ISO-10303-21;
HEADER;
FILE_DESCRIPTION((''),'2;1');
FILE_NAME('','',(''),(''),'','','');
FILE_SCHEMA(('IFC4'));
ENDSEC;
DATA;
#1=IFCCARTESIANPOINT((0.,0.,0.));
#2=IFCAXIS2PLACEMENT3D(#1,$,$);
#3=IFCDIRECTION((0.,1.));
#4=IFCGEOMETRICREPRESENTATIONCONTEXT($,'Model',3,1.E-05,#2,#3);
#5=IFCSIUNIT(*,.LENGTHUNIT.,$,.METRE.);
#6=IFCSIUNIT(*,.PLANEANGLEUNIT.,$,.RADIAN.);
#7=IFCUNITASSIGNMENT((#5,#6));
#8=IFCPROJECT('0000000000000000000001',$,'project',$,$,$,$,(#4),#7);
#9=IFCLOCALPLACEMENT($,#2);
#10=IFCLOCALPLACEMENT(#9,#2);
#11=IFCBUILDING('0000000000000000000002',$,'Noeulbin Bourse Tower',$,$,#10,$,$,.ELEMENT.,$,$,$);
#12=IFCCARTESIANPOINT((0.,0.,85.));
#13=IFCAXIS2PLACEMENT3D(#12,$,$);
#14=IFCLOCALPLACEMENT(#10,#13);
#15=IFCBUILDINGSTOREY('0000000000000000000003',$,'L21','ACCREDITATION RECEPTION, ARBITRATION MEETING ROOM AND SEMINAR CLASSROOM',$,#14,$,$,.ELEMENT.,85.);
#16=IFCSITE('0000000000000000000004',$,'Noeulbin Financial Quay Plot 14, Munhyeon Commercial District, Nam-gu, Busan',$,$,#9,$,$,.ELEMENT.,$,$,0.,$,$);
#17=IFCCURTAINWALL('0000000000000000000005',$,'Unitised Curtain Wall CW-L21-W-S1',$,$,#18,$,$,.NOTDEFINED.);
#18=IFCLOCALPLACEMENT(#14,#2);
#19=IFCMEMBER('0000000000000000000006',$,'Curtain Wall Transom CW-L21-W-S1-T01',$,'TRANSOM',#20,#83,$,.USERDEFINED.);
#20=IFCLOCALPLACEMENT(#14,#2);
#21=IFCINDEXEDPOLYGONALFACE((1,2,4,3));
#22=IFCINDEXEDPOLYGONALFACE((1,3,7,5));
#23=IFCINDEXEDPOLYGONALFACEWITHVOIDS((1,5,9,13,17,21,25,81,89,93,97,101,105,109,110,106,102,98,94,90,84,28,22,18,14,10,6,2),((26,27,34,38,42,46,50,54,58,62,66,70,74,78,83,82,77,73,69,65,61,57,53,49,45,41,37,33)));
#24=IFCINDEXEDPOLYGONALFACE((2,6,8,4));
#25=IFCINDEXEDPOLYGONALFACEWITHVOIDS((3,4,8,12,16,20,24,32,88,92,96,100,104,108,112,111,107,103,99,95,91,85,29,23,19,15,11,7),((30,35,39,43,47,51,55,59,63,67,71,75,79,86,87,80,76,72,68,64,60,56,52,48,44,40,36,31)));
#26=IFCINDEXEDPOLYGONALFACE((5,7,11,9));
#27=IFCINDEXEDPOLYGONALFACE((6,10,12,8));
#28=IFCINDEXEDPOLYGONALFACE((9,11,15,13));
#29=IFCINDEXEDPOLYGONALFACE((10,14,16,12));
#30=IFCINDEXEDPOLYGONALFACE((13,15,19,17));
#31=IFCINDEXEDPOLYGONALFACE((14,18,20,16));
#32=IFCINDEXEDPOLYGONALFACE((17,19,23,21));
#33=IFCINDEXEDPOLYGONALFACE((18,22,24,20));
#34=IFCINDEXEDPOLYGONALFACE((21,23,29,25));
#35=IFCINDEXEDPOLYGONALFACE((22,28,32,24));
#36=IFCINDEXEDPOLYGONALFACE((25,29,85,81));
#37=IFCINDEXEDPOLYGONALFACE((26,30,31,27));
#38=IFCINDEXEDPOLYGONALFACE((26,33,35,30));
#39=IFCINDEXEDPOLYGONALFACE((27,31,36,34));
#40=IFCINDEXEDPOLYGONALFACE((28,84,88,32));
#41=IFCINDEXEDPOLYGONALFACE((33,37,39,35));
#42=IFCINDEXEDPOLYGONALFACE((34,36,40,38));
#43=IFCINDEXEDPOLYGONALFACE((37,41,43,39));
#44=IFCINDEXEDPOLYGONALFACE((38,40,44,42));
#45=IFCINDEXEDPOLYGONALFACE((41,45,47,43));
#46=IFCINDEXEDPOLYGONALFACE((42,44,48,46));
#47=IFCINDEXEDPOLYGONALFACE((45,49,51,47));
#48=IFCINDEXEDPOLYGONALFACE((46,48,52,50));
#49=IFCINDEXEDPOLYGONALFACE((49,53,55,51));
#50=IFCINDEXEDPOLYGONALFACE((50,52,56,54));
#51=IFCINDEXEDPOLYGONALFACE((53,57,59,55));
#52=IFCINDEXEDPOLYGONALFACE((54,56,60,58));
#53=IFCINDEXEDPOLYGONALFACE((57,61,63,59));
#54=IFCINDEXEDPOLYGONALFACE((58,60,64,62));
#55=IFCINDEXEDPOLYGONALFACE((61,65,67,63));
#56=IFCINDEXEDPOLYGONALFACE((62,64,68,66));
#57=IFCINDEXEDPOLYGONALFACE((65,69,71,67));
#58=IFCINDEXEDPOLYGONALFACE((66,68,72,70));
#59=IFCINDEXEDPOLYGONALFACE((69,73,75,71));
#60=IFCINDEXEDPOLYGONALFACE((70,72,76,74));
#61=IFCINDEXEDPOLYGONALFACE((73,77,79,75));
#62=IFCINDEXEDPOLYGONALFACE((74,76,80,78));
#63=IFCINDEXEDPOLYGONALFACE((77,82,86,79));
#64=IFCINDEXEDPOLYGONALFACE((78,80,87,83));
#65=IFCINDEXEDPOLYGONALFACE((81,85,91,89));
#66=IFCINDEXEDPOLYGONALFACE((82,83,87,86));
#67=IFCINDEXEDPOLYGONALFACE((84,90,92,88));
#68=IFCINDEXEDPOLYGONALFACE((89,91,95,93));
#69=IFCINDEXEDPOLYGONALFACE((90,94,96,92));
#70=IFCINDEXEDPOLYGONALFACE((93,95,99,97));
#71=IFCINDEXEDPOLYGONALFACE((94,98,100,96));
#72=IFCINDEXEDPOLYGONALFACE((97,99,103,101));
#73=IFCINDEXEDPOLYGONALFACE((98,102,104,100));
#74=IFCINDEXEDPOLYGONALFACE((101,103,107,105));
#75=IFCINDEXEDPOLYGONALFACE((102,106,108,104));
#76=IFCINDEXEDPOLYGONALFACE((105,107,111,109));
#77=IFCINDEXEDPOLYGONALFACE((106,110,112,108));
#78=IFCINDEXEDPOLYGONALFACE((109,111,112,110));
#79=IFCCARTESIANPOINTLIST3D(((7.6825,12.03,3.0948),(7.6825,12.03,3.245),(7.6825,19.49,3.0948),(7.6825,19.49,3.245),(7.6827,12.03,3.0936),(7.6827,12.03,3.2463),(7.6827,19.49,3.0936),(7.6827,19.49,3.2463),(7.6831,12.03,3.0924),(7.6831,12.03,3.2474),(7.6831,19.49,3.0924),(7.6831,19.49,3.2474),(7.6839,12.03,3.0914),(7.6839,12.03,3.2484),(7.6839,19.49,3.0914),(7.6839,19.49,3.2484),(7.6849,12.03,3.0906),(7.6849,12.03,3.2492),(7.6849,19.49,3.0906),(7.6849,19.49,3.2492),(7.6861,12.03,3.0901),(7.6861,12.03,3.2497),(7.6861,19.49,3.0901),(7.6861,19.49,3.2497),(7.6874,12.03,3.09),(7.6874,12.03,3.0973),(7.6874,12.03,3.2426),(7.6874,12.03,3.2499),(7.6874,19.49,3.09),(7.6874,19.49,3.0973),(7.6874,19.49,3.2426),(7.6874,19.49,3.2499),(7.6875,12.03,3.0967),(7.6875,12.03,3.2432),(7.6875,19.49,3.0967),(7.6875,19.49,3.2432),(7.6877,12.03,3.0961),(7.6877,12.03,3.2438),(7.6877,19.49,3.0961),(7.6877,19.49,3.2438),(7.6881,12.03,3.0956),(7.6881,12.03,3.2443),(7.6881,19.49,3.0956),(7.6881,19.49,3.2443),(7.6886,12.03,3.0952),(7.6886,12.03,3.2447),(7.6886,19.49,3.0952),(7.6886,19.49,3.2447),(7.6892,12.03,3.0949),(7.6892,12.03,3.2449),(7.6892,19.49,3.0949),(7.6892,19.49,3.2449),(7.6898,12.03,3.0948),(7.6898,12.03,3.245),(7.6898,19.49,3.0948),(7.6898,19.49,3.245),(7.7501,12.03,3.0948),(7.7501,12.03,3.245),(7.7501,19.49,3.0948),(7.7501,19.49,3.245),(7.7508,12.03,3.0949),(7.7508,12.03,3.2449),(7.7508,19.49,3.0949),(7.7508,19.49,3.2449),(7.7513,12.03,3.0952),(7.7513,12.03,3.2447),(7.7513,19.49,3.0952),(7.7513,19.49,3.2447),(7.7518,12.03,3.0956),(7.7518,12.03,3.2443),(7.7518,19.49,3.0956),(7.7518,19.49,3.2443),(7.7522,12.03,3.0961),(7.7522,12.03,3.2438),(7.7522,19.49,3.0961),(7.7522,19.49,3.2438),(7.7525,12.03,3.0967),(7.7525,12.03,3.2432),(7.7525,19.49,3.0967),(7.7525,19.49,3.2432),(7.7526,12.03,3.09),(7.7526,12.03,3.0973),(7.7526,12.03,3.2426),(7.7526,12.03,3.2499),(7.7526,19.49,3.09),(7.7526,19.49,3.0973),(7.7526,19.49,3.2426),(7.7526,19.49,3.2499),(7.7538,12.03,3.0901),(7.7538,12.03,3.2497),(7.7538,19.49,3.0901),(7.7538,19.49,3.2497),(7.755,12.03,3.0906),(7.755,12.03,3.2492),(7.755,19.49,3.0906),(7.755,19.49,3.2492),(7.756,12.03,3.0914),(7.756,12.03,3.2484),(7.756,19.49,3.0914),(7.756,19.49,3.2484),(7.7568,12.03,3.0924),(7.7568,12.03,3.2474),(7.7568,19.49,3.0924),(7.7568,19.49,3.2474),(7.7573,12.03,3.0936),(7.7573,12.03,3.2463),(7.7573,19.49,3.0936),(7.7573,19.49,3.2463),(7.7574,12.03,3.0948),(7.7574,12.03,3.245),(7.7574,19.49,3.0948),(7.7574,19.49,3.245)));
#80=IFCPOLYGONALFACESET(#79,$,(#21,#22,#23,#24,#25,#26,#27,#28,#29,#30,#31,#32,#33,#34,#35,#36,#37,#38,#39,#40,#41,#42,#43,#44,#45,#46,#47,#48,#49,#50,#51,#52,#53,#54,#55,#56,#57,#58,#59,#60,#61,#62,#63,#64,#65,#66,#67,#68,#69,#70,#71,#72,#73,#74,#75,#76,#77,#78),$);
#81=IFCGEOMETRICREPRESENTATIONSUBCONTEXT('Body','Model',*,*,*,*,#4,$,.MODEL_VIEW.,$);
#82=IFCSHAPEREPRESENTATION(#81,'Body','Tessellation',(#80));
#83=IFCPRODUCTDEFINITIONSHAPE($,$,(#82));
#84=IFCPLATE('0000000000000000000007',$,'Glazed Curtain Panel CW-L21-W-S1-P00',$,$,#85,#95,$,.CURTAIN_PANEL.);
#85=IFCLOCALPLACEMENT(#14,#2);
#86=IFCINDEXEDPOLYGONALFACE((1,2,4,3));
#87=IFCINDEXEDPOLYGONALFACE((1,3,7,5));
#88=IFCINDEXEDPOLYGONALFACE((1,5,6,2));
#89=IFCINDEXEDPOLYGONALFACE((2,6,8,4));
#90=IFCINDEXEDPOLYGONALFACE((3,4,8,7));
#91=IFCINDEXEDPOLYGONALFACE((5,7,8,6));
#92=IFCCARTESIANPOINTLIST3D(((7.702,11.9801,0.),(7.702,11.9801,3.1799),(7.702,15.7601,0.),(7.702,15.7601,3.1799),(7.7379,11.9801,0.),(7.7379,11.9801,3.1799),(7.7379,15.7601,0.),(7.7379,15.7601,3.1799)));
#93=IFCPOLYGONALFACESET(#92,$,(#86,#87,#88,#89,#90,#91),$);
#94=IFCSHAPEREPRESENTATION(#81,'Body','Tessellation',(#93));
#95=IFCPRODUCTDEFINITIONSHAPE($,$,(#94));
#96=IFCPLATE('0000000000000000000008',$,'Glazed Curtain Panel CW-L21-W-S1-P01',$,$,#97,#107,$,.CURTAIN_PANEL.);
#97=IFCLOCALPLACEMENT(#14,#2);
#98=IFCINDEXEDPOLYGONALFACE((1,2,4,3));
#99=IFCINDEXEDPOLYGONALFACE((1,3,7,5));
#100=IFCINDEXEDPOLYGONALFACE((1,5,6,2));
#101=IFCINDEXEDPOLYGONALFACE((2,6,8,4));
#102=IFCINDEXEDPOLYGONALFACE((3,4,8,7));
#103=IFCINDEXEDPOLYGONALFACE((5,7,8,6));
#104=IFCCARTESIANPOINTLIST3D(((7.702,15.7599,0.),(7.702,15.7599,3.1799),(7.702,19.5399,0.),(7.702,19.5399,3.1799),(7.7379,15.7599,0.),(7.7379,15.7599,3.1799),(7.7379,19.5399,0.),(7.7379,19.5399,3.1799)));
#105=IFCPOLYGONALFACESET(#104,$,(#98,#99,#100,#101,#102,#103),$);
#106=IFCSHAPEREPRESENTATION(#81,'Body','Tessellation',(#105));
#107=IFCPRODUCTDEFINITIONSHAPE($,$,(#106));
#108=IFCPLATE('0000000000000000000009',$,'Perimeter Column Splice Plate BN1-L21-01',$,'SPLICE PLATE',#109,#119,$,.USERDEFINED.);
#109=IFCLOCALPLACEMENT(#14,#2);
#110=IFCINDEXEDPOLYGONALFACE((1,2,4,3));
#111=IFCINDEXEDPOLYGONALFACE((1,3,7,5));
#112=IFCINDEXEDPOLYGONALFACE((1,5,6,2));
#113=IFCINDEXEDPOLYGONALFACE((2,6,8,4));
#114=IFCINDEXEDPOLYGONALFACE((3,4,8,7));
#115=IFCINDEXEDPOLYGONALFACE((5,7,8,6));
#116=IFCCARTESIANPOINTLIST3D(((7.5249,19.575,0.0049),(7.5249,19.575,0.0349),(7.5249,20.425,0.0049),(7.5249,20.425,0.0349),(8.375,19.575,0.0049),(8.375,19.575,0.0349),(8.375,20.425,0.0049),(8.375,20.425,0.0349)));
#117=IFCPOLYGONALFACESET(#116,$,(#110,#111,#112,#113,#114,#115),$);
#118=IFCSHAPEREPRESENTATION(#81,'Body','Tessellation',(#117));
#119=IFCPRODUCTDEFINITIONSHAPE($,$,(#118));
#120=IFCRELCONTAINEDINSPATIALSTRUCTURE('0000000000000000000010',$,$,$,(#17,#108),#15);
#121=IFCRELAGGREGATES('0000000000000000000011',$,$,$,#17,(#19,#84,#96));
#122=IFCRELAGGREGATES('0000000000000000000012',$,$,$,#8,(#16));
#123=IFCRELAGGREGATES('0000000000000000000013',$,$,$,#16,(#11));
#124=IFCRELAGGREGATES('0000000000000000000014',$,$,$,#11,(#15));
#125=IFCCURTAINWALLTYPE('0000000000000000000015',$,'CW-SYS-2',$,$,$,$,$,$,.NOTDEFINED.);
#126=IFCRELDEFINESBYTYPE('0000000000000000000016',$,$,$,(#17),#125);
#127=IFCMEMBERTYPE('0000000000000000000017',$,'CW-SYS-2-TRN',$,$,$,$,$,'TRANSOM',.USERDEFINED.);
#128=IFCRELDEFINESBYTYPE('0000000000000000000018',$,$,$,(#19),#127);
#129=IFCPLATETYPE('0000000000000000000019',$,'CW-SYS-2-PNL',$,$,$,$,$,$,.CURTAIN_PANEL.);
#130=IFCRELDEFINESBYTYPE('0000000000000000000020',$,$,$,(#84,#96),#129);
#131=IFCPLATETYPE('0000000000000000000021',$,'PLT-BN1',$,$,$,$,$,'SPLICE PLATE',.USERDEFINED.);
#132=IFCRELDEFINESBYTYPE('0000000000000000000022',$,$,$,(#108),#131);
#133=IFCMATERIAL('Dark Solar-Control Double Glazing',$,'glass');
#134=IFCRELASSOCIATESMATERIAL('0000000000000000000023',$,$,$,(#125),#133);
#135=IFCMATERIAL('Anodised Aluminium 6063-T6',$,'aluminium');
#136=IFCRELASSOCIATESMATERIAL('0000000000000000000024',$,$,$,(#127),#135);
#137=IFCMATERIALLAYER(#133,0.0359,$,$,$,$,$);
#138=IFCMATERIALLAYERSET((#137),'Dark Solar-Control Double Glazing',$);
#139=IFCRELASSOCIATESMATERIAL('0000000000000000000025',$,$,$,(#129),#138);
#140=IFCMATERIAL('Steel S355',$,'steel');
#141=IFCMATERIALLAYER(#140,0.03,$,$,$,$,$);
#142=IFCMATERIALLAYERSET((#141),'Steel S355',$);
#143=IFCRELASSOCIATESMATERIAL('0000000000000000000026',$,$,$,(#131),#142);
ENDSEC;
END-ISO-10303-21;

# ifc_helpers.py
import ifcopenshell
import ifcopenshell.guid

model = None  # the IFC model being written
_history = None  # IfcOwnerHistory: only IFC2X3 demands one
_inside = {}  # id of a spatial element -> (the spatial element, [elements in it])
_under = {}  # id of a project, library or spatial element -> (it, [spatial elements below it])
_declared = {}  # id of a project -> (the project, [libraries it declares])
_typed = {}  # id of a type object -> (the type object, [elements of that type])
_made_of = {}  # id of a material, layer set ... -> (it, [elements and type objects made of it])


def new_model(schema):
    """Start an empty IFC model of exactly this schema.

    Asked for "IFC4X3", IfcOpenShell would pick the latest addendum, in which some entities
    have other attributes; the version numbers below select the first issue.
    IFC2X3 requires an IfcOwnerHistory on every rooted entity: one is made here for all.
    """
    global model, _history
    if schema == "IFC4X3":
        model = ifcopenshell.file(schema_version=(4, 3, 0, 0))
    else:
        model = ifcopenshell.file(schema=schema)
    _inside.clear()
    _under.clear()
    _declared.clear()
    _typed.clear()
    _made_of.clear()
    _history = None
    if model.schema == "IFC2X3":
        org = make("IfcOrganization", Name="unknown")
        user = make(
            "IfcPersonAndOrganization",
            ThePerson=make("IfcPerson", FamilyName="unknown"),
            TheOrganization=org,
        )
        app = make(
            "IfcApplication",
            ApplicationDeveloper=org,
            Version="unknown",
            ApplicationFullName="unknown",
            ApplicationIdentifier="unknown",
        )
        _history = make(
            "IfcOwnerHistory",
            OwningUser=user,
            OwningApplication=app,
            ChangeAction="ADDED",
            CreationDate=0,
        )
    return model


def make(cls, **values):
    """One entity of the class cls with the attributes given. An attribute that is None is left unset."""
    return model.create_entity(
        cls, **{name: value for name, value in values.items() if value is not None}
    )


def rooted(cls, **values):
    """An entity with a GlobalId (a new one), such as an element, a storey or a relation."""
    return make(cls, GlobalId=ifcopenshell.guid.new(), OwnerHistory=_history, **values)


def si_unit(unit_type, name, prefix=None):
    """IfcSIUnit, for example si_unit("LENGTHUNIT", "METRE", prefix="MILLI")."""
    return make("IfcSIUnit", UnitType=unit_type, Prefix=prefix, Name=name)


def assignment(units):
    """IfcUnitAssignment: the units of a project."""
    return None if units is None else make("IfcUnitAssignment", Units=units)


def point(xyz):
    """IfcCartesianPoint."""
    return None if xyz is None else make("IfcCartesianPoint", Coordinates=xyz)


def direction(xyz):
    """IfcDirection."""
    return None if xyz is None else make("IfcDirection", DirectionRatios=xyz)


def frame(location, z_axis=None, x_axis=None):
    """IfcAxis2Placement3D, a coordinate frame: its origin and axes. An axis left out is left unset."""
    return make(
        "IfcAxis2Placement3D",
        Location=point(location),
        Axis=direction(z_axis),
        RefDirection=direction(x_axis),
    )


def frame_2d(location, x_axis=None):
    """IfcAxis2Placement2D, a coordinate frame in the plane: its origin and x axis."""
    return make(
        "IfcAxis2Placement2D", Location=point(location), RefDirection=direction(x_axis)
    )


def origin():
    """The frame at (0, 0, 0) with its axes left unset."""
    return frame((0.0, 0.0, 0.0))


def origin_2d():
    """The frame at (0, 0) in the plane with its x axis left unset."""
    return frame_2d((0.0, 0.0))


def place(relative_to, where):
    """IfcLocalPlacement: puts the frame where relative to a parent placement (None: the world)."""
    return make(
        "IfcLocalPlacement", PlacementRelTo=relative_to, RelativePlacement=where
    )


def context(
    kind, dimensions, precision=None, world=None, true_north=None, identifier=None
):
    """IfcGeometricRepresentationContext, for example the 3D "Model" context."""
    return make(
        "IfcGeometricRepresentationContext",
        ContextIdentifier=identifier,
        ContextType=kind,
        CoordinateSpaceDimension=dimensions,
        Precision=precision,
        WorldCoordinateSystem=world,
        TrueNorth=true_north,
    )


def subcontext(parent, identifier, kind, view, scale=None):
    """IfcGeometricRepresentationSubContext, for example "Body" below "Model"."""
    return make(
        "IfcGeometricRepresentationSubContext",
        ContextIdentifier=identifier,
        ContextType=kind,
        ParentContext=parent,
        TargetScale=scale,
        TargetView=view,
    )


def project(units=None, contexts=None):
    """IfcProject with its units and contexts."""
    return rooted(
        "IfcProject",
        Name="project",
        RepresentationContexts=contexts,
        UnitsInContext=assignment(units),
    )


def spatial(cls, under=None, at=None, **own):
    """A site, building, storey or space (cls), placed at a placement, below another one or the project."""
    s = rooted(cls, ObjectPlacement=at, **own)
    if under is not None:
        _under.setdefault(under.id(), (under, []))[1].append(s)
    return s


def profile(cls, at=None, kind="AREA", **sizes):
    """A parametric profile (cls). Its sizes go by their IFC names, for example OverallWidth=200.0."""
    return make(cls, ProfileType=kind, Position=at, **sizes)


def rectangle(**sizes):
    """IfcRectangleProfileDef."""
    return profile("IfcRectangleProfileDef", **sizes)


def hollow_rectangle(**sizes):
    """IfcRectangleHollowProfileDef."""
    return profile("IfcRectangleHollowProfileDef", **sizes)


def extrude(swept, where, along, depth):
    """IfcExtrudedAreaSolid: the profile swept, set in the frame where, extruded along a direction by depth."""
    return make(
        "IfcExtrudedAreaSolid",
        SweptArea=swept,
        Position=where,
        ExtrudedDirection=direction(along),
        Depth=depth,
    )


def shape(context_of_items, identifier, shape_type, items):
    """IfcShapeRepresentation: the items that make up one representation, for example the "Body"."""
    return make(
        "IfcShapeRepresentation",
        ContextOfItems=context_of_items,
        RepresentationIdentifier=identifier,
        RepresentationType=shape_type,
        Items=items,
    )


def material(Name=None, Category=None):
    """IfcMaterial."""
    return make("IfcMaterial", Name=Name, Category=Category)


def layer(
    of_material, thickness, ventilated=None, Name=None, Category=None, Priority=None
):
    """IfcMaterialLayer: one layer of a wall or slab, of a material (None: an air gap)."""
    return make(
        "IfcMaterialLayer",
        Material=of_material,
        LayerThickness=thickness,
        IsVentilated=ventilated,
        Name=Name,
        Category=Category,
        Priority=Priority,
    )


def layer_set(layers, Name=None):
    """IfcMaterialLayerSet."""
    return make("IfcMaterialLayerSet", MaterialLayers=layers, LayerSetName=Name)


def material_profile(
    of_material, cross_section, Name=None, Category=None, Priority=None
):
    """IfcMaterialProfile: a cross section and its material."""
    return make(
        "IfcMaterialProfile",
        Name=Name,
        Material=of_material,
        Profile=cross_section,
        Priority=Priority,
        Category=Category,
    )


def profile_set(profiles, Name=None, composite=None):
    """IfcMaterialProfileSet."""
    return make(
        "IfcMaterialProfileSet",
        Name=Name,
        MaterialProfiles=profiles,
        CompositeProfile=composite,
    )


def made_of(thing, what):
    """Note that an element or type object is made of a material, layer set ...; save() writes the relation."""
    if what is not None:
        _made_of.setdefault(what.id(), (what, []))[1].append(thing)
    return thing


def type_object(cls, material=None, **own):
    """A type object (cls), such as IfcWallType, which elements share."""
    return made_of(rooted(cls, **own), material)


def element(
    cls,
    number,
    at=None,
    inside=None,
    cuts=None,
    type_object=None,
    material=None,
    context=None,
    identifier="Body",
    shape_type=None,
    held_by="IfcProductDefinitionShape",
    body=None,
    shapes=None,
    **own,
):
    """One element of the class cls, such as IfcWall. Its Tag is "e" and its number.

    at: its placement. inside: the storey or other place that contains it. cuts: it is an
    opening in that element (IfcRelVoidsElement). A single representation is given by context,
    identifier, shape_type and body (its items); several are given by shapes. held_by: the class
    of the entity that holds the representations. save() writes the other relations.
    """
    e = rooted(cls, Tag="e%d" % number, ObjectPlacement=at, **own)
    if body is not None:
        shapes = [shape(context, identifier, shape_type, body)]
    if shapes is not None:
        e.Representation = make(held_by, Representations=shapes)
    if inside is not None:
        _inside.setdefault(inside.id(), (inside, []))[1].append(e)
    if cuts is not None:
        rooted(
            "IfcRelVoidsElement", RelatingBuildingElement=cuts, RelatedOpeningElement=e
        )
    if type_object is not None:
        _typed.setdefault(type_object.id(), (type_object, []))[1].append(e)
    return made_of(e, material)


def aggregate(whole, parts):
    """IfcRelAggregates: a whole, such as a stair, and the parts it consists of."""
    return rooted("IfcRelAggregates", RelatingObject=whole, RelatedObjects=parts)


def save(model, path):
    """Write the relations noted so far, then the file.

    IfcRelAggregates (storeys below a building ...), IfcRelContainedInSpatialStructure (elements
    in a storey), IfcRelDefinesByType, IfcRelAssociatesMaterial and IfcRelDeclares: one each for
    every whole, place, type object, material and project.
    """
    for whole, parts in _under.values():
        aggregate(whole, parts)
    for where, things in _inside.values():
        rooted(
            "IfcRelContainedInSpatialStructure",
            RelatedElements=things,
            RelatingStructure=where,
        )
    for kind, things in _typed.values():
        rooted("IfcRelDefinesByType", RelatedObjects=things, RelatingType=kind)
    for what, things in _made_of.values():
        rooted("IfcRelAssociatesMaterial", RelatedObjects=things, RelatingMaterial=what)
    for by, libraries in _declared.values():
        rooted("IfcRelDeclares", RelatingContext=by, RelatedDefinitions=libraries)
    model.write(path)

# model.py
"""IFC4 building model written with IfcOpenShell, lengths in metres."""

from ifc_helpers import new_model, si_unit, direction, frame, origin, origin_2d, place, context, subcontext, project, spatial, rectangle, hollow_rectangle, extrude, material, layer, layer_set, material_profile, profile_set, type_object, element, aggregate, save


model = new_model("IFC4")

# Units and contexts
model_context = context("Model", 3, precision=1e-05, world=origin(), true_north=direction((0.0, 1.0)))
body_context = subcontext(model_context, "Body", "Model", "MODEL_VIEW")
ifc_project = project(units=[si_unit("LENGTHUNIT", "METRE"), si_unit("PLANEANGLEUNIT", "RADIAN")], contexts=[model_context])

# Site, building, storey
site_placement = place(None, origin())
site = spatial("IfcSite", under=ifc_project, at=site_placement, Name="Noeulbin Financial Quay Plot 14, Munhyeon Commercial District, Nam-gu, Busan", CompositionType="ELEMENT", RefElevation=0.0)
building_placement = place(site_placement, origin())
building = spatial("IfcBuilding", under=site, at=building_placement, Name="Noeulbin Bourse Tower", CompositionType="ELEMENT")
storey_placement = place(building_placement, frame((0.0, 0.0, 85.0)))
storey = spatial("IfcBuildingStorey", under=building, at=storey_placement, Name="L21", Description="ACCREDITATION RECEPTION, ARBITRATION MEETING ROOM AND SEMINAR CLASSROOM", CompositionType="ELEMENT", Elevation=85.0)

# Shared definitions
ifc_material_1 = material(Name="Steel S355", Category="steel")

# Curtain wall, member, plates
ifc_material_2 = material(Name="Dark Solar-Control Double Glazing", Category="glass")
curtain_wall_type = type_object("IfcCurtainWallType", Name="CW-SYS-2", PredefinedType="NOTDEFINED", material=ifc_material_2)
curtain_wall_placement = place(storey_placement, origin())
curtain_wall = element("IfcCurtainWall", 1, at=curtain_wall_placement, inside=storey, type_object=curtain_wall_type, Name="Unitised Curtain Wall CW-L21-W-S1", PredefinedType="NOTDEFINED")
ifc_material_3 = material(Name="Anodised Aluminium 6063-T6", Category="aluminium")
ifc_material_profile_1 = material_profile(ifc_material_3, hollow_rectangle(XDim=0.075, YDim=0.1599, WallThickness=0.0049, InnerFilletRadius=0.0024, OuterFilletRadius=0.0049, at=origin_2d()), Name="ALU-TRAN-75x160x5", Category="LoadBearing")
ifc_profile_set_1 = profile_set([ifc_material_profile_1], Name="Anodised Aluminium 6063-T6")
member_type_1 = type_object("IfcMemberType", Name="CW-SYS-2-TRN", ElementType="TRANSOM", PredefinedType="USERDEFINED", material=ifc_profile_set_1)
member_1_placement = place(storey_placement, frame((7.72, 12.03, 3.1699), z_axis=(0.0, 1.0, 0.0), x_axis=(-1.0, 0.0, 0.0)))
member_1 = element("IfcMember", 2, at=member_1_placement, type_object=member_type_1, Name="Curtain Wall Transom CW-L21-W-S1-T01", ObjectType="TRANSOM", PredefinedType="USERDEFINED", context=body_context, shape_type="SweptSolid", body=[
    extrude(hollow_rectangle(XDim=0.075, YDim=0.1599, WallThickness=0.0049, InnerFilletRadius=0.0024, OuterFilletRadius=0.0049, at=origin_2d()), origin(), (0.0, 0.0, 1.0), 7.46),
])
ifc_layer_1 = layer(ifc_material_2, 0.0359)
ifc_layer_set_1 = layer_set([ifc_layer_1], Name="Dark Solar-Control Double Glazing")
plate_type_1 = type_object("IfcPlateType", Name="CW-SYS-2-PNL", PredefinedType="CURTAIN_PANEL", material=ifc_layer_set_1)
plate_1_placement = place(storey_placement, frame((7.72, 13.8701, 0.0), z_axis=(0.0, 0.0, 1.0), x_axis=(0.0, 1.0, 0.0)))
plate_1 = element("IfcPlate", 3, at=plate_1_placement, type_object=plate_type_1, Name="Glazed Curtain Panel CW-L21-W-S1-P00", PredefinedType="CURTAIN_PANEL", context=body_context, shape_type="SweptSolid", body=[
    extrude(rectangle(XDim=3.78, YDim=0.0359, at=origin_2d()), origin(), (0.0, 0.0, 1.0), 3.1799),
])
plate_2_placement = place(storey_placement, frame((7.72, 17.6499, 0.0), z_axis=(0.0, 0.0, 1.0), x_axis=(0.0, 1.0, 0.0)))
plate_2 = element("IfcPlate", 4, at=plate_2_placement, type_object=plate_type_1, Name="Glazed Curtain Panel CW-L21-W-S1-P01", PredefinedType="CURTAIN_PANEL", context=body_context, shape_type="SweptSolid", body=[
    extrude(rectangle(XDim=3.78, YDim=0.0359, at=origin_2d()), origin(), (0.0, 0.0, 1.0), 3.1799),
])
aggregate(curtain_wall, [member_1, plate_1, plate_2])

# Plate
ifc_layer_2 = layer(ifc_material_1, 0.03)
ifc_layer_set_2 = layer_set([ifc_layer_2], Name="Steel S355")
plate_type_2 = type_object("IfcPlateType", Name="PLT-BN1", ElementType="SPLICE PLATE", PredefinedType="USERDEFINED", material=ifc_layer_set_2)
plate_3_placement = place(storey_placement, frame((7.95, 20.0, 0.0049), z_axis=(0.0, 0.0, 1.0), x_axis=(1.0, 0.0, 0.0)))
element("IfcPlate", 5, at=plate_3_placement, inside=storey, type_object=plate_type_2, Name="Perimeter Column Splice Plate BN1-L21-01", ObjectType="SPLICE PLATE", PredefinedType="USERDEFINED", context=body_context, shape_type="SweptSolid", body=[
    extrude(rectangle(XDim=0.8501, YDim=0.8501, at=origin_2d()), origin(), (0.0, 0.0, 1.0), 0.03),
])

save(model, "model.ifc")
